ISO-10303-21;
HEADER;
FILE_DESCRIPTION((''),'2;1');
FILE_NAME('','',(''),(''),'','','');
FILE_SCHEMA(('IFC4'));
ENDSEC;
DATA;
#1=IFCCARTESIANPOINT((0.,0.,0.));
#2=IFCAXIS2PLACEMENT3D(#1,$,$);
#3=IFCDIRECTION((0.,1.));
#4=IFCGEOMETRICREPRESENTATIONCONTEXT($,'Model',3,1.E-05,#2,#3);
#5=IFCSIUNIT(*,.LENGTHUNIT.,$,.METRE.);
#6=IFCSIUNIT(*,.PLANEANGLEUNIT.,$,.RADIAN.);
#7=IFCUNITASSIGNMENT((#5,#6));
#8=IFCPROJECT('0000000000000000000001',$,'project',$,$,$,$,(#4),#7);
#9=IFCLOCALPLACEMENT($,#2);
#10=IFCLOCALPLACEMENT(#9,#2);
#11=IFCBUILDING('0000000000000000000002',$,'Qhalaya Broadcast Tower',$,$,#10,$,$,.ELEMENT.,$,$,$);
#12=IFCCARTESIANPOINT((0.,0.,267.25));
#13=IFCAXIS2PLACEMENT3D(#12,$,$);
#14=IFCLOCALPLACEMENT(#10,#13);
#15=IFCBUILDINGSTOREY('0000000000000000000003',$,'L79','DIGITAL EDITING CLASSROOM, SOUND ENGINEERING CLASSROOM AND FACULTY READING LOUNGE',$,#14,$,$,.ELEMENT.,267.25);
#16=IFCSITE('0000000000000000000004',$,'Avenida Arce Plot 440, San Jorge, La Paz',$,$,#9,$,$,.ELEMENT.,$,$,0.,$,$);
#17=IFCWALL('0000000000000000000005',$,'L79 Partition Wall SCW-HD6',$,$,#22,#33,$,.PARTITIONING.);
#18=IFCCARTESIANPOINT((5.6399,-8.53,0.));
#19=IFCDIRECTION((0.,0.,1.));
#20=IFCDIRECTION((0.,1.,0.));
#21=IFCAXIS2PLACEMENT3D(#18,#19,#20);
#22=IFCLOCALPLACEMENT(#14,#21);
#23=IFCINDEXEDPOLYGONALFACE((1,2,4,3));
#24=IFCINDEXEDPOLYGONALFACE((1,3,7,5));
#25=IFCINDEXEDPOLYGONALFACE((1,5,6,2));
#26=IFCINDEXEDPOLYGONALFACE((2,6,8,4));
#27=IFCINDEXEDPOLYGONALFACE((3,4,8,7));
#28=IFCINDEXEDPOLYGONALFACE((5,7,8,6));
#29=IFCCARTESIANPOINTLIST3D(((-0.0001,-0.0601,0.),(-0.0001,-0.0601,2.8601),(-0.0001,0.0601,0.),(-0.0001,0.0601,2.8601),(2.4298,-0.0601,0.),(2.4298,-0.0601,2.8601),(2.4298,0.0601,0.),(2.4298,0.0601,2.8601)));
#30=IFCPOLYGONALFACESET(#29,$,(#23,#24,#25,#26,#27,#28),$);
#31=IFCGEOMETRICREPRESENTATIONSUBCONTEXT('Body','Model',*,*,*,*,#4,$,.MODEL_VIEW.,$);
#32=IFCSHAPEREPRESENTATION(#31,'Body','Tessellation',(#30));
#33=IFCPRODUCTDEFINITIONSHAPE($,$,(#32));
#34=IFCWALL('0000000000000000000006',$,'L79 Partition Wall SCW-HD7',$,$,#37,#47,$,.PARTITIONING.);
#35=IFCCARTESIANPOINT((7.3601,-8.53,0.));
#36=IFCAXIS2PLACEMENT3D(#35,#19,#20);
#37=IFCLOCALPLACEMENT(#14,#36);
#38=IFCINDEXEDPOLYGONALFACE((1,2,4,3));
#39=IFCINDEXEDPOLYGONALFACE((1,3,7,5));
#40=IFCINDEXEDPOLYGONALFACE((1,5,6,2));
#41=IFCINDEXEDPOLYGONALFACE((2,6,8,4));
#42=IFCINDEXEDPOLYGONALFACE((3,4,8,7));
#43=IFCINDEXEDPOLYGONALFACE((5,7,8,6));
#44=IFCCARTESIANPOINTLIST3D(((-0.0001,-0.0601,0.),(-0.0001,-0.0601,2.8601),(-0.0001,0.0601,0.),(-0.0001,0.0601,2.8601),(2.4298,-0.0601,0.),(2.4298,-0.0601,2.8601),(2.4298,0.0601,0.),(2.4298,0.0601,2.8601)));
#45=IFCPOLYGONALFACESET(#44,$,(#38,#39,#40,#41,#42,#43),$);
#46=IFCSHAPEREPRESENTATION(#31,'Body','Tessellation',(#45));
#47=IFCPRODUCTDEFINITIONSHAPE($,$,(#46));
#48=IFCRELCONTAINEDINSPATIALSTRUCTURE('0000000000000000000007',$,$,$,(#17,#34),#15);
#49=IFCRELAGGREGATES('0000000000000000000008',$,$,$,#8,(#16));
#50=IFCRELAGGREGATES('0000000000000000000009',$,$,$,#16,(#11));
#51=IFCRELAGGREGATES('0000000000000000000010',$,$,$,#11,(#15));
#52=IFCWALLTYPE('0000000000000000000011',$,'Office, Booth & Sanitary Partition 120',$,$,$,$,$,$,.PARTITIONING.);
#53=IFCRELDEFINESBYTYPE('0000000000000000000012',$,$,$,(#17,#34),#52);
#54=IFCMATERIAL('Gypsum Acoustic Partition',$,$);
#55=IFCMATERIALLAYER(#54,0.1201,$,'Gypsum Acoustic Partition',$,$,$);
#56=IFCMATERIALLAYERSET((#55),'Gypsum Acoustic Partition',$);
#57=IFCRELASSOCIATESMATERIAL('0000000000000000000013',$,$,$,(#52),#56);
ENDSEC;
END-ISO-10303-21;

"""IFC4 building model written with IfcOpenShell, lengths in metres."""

from ifc_helpers import new_model, si_unit, direction, frame, frame_2d, origin, place, context, subcontext, project, spatial, rectangle, extrude, material, layer, layer_set, type_object, element, save


model = new_model("IFC4")

# Units and contexts
model_context = context("Model", 3, precision=1e-05, world=origin(), true_north=direction((0.0, 1.0)))
body_context = subcontext(model_context, "Body", "Model", "MODEL_VIEW")
ifc_project = project(units=[si_unit("LENGTHUNIT", "METRE"), si_unit("PLANEANGLEUNIT", "RADIAN")], contexts=[model_context])

# Site, building, storey
site_placement = place(None, origin())
site = spatial("IfcSite", under=ifc_project, at=site_placement, Name="Avenida Arce Plot 440, San Jorge, La Paz", CompositionType="ELEMENT", RefElevation=0.0)
building_placement = place(site_placement, origin())
building = spatial("IfcBuilding", under=site, at=building_placement, Name="Qhalaya Broadcast Tower", CompositionType="ELEMENT")
storey_placement = place(building_placement, frame((0.0, 0.0, 267.25)))
storey = spatial("IfcBuildingStorey", under=building, at=storey_placement, Name="L79", Description="DIGITAL EDITING CLASSROOM, SOUND ENGINEERING CLASSROOM AND FACULTY READING LOUNGE", CompositionType="ELEMENT", Elevation=267.25)

# Shared definitions
ifc_material_1 = material(Name="Gypsum Acoustic Partition")

# Walls
ifc_layer_1 = layer(ifc_material_1, 0.1201, Name="Gypsum Acoustic Partition")
ifc_layer_set_1 = layer_set([ifc_layer_1], Name="Gypsum Acoustic Partition")
wall_type_1 = type_object("IfcWallType", Name="Office, Booth & Sanitary Partition 120", PredefinedType="PARTITIONING", material=ifc_layer_set_1)
for number, where, z_axis, x_axis, name in (
    (1, (5.6399, -8.53, 0.0), (0.0, 0.0, 1.0), (0.0, 1.0, 0.0), "L79 Partition Wall SCW-HD6"),
    (2, (7.3601, -8.53, 0.0), (0.0, 0.0, 1.0), (0.0, 1.0, 0.0), "L79 Partition Wall SCW-HD7"),
):
    element("IfcWall", number, at=place(storey_placement, frame(where, z_axis=z_axis, x_axis=x_axis)), inside=storey, type_object=wall_type_1, Name=name, PredefinedType="PARTITIONING", context=body_context, shape_type="SweptSolid", body=[
        extrude(rectangle(XDim=2.4299, YDim=0.1201, at=frame_2d((1.2148, 0.0))), origin(), (0.0, 0.0, 1.0), 2.8601),
    ])

save(model, "model.ifc")
